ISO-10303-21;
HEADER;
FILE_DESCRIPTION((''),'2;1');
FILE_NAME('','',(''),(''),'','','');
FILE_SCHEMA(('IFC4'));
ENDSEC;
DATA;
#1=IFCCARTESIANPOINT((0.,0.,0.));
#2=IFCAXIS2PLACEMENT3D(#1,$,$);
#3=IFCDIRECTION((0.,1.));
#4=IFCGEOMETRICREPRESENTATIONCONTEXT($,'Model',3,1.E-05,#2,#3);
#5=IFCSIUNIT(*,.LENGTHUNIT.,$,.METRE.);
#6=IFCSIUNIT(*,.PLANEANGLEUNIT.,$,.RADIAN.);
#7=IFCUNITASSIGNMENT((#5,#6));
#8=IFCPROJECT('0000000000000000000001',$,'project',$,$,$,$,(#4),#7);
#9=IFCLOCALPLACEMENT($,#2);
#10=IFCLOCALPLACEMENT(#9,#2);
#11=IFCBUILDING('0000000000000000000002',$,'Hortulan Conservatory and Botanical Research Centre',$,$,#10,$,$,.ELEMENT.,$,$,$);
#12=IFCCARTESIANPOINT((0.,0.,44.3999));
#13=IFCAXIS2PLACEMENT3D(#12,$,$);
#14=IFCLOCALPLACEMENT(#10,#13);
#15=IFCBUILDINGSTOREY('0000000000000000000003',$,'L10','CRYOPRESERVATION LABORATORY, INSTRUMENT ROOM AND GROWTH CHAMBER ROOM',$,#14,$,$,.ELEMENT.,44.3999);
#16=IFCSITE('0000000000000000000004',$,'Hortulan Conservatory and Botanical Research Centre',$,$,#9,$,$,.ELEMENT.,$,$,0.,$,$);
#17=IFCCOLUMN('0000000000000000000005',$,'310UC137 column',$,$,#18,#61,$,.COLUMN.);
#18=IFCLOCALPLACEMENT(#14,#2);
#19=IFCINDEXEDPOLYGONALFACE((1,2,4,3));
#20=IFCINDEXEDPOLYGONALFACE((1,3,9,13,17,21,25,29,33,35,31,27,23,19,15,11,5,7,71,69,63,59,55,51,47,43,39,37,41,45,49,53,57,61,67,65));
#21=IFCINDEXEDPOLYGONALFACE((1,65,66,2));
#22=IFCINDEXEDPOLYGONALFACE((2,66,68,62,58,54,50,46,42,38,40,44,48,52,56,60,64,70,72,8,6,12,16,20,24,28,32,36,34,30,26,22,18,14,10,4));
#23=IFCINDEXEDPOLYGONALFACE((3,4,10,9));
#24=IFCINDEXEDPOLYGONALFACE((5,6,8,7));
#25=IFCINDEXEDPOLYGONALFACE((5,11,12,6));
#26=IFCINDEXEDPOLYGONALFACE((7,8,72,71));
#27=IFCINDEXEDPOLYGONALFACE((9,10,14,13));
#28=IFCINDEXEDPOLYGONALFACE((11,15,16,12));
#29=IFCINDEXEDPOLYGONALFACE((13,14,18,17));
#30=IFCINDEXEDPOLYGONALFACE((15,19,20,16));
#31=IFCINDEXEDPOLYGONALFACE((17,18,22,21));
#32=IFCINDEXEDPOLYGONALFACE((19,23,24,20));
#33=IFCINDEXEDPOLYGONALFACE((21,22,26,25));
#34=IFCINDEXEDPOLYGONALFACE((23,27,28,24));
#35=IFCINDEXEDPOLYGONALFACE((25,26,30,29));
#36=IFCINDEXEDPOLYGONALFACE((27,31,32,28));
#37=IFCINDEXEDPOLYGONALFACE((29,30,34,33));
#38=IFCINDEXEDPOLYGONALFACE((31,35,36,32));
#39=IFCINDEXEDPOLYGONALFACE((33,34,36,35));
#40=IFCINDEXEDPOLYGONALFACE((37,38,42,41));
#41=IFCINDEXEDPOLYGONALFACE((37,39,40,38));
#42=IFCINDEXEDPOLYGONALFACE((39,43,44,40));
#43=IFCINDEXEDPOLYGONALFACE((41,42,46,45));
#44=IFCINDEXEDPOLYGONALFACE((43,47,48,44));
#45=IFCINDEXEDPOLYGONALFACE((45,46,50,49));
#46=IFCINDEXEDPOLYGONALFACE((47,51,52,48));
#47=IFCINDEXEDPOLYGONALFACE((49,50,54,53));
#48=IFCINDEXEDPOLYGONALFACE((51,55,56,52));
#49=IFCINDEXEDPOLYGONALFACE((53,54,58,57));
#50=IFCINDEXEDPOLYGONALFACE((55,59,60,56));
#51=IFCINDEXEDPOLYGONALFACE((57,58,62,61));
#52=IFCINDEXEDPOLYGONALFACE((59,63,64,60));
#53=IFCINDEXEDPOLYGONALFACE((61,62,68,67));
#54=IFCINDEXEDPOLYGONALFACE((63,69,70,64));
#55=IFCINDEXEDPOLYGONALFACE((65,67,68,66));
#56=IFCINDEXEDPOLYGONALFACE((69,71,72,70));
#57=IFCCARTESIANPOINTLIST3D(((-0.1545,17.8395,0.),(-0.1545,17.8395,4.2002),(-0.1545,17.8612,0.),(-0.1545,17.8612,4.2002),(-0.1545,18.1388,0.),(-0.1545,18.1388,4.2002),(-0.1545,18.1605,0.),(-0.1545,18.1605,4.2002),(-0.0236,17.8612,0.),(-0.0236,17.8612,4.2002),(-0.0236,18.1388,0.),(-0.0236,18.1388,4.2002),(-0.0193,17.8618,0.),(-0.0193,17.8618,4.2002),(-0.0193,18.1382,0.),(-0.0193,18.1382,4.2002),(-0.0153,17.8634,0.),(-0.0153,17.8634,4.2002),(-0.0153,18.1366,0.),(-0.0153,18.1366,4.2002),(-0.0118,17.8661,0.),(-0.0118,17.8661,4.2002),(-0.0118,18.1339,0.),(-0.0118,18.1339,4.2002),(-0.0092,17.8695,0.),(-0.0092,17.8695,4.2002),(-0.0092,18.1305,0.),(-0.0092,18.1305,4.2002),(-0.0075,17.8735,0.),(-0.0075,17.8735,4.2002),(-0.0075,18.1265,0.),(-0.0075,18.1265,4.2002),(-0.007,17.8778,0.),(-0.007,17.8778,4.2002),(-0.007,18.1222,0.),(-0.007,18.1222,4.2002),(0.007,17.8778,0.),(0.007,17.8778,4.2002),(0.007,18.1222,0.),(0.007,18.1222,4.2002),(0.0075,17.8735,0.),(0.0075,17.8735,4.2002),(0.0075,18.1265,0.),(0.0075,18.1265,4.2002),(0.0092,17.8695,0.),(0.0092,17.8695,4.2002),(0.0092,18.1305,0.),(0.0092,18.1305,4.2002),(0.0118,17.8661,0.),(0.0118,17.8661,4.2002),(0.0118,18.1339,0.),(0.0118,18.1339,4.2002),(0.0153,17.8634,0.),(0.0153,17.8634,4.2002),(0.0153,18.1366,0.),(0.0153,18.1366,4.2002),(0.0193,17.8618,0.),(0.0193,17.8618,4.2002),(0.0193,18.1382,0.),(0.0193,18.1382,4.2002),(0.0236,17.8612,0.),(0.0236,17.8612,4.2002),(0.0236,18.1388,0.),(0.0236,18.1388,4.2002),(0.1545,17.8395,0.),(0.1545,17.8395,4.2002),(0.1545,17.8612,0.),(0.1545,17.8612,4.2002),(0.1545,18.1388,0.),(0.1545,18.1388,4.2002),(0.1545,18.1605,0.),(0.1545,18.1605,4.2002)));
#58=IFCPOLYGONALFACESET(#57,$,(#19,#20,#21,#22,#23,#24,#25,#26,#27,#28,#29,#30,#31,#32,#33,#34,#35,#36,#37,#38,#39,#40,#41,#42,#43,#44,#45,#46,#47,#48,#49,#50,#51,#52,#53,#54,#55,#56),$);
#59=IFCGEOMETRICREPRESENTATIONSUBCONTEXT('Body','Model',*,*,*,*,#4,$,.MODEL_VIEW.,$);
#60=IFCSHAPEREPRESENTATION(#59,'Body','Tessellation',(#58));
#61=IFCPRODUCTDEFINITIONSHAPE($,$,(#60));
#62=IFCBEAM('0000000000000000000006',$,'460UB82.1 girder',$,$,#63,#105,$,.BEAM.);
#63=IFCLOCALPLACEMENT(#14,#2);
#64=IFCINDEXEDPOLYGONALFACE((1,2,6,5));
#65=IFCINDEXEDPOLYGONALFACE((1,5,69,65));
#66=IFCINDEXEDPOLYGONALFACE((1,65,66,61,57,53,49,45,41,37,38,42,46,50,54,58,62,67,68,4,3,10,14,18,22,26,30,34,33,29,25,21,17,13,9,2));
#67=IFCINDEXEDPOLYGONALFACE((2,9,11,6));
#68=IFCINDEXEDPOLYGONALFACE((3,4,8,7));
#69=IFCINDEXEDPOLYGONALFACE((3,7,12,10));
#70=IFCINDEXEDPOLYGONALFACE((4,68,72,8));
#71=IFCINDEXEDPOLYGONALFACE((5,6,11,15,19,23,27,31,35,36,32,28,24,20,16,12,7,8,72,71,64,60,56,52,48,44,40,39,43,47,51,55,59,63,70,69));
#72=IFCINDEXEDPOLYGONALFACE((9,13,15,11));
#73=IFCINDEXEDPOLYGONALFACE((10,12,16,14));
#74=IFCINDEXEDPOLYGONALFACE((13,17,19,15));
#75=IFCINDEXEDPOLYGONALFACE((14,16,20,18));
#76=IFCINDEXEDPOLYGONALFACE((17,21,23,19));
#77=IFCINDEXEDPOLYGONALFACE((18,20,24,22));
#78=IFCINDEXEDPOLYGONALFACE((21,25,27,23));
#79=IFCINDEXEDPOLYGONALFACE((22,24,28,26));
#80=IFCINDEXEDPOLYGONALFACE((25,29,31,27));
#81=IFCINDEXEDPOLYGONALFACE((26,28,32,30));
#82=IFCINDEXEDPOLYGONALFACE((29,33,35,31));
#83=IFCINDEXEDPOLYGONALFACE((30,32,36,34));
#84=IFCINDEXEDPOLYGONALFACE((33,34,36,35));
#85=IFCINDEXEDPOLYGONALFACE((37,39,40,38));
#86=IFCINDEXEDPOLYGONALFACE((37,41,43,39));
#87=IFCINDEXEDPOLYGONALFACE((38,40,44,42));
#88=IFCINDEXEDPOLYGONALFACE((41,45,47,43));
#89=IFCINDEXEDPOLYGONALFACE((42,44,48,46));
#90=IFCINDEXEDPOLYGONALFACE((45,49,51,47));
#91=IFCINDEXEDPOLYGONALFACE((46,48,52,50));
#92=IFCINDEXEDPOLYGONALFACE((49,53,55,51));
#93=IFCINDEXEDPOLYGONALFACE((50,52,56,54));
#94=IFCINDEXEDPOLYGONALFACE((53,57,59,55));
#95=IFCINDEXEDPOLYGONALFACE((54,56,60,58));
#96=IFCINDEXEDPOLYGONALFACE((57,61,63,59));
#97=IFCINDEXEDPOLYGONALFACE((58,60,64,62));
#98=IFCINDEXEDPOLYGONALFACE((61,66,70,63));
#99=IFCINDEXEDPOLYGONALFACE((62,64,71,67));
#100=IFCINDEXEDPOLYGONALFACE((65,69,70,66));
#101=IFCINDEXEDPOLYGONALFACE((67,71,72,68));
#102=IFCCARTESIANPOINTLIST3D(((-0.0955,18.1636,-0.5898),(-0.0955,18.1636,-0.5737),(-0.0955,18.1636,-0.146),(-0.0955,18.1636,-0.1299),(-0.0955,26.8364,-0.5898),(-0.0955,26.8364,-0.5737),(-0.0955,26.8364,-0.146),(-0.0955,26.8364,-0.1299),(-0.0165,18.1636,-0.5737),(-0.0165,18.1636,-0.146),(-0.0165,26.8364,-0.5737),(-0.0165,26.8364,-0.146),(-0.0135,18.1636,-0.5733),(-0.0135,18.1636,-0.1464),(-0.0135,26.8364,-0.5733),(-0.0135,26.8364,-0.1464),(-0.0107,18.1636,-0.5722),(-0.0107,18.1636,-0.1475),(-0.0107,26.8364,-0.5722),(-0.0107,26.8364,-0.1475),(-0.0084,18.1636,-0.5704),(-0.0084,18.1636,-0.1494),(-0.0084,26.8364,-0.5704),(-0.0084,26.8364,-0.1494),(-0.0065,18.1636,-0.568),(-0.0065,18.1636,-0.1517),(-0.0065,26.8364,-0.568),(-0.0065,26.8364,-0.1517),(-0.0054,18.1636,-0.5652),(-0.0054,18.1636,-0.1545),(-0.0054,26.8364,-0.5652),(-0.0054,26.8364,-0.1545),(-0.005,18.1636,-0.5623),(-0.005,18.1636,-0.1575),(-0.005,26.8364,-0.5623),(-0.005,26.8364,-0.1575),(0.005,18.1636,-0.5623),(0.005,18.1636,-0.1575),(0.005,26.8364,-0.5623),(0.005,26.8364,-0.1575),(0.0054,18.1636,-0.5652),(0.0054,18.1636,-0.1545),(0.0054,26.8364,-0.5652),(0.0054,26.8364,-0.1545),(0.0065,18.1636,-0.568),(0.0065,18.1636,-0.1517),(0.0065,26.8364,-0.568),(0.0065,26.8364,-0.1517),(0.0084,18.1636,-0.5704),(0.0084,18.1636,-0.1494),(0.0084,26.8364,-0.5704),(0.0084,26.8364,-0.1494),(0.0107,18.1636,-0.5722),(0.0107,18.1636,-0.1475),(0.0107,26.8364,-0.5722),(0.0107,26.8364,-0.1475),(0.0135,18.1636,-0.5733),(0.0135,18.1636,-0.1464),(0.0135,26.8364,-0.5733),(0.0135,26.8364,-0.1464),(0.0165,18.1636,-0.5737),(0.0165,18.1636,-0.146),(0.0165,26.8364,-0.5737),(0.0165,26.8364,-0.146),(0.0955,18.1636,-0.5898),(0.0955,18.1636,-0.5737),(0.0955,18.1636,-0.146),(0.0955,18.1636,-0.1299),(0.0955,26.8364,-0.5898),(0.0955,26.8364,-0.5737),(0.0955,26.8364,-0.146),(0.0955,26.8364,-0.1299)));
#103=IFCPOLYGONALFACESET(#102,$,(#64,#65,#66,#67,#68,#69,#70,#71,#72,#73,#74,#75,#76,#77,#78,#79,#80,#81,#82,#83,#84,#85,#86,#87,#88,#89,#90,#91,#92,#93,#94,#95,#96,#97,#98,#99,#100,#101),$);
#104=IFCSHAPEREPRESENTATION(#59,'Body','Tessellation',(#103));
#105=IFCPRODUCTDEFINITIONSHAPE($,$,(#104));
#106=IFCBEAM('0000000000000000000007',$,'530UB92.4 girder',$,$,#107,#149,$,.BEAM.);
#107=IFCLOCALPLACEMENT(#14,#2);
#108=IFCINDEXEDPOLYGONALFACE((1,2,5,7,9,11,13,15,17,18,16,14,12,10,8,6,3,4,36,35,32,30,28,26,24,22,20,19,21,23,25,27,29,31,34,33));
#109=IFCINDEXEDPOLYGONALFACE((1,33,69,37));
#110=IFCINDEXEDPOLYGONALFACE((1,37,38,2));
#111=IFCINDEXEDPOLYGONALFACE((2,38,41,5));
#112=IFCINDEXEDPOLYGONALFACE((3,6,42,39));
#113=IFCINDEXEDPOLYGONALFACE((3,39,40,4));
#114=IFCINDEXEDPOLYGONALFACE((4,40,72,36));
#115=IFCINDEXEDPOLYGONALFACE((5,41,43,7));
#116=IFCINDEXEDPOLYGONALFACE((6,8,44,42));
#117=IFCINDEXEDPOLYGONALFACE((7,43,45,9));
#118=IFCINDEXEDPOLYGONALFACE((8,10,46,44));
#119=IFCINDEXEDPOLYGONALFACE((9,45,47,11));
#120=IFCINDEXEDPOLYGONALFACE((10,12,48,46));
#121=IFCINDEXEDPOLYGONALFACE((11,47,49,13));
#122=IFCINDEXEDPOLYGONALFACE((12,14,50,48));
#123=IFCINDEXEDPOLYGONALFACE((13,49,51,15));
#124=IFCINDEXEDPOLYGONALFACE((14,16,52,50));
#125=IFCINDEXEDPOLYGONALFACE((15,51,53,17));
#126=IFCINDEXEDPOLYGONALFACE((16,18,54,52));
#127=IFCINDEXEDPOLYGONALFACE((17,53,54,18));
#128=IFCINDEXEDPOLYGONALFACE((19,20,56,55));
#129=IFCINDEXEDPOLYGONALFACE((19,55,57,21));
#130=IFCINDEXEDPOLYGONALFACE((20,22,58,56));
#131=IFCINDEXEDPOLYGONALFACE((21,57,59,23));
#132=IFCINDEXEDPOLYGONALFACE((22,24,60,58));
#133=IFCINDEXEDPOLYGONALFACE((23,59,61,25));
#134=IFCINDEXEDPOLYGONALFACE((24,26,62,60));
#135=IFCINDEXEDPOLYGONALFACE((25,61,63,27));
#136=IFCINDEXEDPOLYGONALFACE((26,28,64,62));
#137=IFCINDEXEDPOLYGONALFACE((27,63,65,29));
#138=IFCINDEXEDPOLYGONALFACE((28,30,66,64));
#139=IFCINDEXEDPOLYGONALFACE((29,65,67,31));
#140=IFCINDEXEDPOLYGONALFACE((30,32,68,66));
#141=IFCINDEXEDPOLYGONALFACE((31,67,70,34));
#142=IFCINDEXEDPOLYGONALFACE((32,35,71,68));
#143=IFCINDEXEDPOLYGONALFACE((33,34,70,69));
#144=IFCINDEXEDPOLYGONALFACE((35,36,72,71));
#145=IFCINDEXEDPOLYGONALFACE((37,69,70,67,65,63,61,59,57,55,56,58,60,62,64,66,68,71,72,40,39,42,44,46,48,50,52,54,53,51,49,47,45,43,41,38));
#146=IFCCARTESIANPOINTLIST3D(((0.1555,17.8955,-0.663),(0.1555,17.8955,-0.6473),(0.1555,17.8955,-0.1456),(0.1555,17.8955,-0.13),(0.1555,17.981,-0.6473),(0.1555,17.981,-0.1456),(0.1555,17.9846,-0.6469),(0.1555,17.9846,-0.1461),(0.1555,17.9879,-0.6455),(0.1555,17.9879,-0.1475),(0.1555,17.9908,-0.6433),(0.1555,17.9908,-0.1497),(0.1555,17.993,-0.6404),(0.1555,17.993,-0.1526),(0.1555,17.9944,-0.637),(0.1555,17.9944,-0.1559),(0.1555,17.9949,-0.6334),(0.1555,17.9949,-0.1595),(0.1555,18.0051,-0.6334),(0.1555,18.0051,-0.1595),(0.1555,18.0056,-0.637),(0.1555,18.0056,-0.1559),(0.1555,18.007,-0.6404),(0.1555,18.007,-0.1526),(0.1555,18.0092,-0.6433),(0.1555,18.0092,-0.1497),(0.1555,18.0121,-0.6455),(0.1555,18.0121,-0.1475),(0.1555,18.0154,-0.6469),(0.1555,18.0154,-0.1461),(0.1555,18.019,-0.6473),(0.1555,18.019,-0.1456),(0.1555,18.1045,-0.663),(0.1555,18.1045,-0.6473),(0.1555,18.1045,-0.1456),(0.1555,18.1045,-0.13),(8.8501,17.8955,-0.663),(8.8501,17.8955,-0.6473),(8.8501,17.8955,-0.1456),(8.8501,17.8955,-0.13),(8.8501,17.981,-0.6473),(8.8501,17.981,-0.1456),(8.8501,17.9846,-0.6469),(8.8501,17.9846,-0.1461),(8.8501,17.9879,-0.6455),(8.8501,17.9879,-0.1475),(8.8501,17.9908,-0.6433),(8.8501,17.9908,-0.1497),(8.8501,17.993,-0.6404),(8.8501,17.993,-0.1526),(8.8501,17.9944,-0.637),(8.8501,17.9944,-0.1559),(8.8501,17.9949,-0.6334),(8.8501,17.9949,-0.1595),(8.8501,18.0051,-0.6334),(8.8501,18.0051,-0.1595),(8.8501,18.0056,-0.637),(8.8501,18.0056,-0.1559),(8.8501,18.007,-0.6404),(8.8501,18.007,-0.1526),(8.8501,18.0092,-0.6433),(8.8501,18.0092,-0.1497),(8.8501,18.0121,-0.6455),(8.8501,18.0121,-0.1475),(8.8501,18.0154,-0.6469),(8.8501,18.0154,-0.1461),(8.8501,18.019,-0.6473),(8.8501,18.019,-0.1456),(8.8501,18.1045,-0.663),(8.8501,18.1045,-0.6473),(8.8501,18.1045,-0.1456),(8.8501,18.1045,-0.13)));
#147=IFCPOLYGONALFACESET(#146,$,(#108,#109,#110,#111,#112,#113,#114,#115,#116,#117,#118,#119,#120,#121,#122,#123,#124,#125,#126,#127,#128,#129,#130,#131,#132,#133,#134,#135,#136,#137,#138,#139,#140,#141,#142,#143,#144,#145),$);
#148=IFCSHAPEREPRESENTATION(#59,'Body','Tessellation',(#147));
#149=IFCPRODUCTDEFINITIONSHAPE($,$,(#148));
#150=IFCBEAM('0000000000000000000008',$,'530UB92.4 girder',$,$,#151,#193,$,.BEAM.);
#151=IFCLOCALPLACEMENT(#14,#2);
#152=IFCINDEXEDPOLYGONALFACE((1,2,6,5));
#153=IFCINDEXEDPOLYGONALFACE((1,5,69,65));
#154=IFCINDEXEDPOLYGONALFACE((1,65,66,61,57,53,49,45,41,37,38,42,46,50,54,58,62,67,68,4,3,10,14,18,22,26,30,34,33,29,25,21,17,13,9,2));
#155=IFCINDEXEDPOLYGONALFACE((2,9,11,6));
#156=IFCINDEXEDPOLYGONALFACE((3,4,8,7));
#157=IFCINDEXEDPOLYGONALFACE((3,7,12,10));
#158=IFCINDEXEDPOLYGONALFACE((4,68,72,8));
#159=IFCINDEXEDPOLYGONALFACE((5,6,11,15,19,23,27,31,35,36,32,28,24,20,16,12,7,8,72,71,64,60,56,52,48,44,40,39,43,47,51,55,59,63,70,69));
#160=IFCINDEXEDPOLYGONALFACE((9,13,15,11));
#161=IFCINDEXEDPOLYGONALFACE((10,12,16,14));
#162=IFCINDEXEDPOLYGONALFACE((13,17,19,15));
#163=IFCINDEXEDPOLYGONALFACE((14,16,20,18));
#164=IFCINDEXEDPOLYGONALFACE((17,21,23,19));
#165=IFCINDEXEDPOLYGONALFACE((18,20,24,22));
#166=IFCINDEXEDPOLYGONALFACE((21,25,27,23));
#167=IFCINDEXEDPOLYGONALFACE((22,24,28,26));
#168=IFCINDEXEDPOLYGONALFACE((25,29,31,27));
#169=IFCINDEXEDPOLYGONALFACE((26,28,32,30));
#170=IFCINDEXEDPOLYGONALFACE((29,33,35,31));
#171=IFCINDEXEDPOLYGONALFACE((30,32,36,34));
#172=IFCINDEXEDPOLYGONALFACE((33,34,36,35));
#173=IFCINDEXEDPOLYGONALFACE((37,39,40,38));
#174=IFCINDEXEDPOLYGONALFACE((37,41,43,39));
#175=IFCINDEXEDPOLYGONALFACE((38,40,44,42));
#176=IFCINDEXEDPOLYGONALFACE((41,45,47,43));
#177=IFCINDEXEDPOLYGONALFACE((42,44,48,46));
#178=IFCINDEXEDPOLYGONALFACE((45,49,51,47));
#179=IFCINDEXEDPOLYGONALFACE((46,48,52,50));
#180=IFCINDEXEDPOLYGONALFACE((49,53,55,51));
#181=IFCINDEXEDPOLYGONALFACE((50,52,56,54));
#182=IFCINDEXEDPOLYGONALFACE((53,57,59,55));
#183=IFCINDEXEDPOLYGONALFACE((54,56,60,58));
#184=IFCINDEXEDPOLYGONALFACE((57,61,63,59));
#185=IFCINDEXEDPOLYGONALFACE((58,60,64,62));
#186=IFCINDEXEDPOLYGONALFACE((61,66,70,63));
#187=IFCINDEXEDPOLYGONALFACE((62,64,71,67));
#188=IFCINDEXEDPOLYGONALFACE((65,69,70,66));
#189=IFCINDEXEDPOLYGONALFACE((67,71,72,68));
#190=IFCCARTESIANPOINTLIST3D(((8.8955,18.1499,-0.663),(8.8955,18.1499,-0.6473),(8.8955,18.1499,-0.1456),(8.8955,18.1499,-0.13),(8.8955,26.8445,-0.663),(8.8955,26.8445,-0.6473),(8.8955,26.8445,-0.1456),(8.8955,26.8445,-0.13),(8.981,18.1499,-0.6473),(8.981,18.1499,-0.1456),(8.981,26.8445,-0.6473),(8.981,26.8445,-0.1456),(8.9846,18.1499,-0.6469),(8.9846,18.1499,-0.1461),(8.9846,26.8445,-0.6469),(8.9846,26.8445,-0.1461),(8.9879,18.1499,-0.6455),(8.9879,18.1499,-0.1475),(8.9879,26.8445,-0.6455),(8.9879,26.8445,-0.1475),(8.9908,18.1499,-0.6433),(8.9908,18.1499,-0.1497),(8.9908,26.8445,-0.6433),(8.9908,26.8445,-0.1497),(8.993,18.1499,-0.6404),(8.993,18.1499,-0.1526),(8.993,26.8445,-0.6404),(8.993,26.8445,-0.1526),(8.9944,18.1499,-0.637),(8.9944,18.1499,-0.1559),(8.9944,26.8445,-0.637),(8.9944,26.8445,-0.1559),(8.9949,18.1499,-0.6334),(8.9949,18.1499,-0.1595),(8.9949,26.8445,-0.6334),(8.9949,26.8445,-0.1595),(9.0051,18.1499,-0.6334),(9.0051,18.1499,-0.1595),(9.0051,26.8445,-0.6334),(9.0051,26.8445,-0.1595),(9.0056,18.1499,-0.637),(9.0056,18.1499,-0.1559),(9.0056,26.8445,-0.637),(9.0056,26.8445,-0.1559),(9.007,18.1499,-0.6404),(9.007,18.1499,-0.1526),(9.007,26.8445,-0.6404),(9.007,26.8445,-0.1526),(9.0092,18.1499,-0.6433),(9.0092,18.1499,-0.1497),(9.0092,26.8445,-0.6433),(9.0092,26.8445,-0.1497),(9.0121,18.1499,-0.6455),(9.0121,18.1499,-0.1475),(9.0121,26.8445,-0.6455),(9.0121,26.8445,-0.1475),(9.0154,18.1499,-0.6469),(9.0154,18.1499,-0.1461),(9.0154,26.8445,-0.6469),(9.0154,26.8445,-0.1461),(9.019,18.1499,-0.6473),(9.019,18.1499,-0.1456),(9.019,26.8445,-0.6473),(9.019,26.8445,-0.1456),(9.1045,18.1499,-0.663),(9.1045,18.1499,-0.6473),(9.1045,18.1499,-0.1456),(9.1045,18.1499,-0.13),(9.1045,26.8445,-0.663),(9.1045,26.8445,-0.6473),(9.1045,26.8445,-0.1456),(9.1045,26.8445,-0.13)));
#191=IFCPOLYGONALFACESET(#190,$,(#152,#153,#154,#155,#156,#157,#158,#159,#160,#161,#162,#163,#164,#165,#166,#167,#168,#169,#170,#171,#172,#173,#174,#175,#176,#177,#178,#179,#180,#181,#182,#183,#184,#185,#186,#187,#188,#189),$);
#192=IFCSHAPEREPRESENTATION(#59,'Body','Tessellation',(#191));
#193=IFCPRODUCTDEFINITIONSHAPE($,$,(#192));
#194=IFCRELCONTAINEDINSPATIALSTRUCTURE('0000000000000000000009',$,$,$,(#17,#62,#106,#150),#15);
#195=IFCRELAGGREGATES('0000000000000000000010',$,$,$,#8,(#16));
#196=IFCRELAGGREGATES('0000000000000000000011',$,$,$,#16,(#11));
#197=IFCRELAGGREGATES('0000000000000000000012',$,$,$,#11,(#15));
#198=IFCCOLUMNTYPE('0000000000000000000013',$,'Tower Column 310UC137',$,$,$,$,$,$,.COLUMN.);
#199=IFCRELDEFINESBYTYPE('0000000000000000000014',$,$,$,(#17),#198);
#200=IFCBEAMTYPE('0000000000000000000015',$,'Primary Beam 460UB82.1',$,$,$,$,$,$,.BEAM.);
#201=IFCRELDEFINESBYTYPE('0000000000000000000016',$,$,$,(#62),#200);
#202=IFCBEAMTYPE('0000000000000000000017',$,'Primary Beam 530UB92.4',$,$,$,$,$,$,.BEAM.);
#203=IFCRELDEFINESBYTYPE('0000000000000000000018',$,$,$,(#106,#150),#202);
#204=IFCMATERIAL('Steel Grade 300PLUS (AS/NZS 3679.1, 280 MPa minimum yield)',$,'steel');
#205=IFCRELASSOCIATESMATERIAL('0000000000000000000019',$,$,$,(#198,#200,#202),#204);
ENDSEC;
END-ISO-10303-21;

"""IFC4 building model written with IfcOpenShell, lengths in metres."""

from ifc_helpers import new_model, si_unit, direction, frame, origin, origin_2d, place, context, subcontext, project, spatial, i_section, extrude, material, material_profile, profile_set, type_object, element, save


model = new_model("IFC4")

# Units and contexts
model_context = context("Model", 3, precision=1e-05, world=origin(), true_north=direction((0.0, 1.0)))
body_context = subcontext(model_context, "Body", "Model", "MODEL_VIEW")
ifc_project = project(units=[si_unit("LENGTHUNIT", "METRE"), si_unit("PLANEANGLEUNIT", "RADIAN")], contexts=[model_context])

# Site, building, storey
site_placement = place(None, origin())
site = spatial("IfcSite", under=ifc_project, at=site_placement, Name="Hortulan Conservatory and Botanical Research Centre", CompositionType="ELEMENT", RefElevation=0.0)
building_placement = place(site_placement, origin())
building = spatial("IfcBuilding", under=site, at=building_placement, Name="Hortulan Conservatory and Botanical Research Centre", CompositionType="ELEMENT")
storey_placement = place(building_placement, frame((0.0, 0.0, 44.3999)))
storey = spatial("IfcBuildingStorey", under=building, at=storey_placement, Name="L10", Description="CRYOPRESERVATION LABORATORY, INSTRUMENT ROOM AND GROWTH CHAMBER ROOM", CompositionType="ELEMENT", Elevation=44.3999)

# Column
ifc_material_1 = material(Name="Steel Grade 300PLUS (AS/NZS 3679.1, 280 MPa minimum yield)", Category="steel")
ifc_material_profile_1 = material_profile(ifc_material_1, i_section(OverallWidth=0.3091, OverallDepth=0.321, WebThickness=0.0139, FlangeThickness=0.0217, FilletRadius=0.0166, at=origin_2d()), Name="310UC137")
ifc_profile_set_1 = profile_set([ifc_material_profile_1], Name="Steel Grade 300PLUS (AS/NZS 3679.1, 280 MPa minimum yield)")
column_type = type_object("IfcColumnType", Name="Tower Column 310UC137", PredefinedType="COLUMN", material=ifc_profile_set_1)
column_placement = place(storey_placement, frame((0.0, 18.0, 0.0), z_axis=(0.0, 0.0, 1.0), x_axis=(1.0, 0.0, 0.0)))
element("IfcColumn", 1, at=column_placement, inside=storey, type_object=column_type, Name="310UC137 column", PredefinedType="COLUMN", context=body_context, shape_type="SweptSolid", body=[
    extrude(i_section(OverallWidth=0.3091, OverallDepth=0.321, WebThickness=0.0139, FlangeThickness=0.0217, FilletRadius=0.0166, at=origin_2d()), origin(), (0.0, 0.0, 1.0), 4.2002),
])

# Beams
ifc_material_profile_2 = material_profile(ifc_material_1, i_section(OverallWidth=0.1909, OverallDepth=0.46, WebThickness=0.01, FlangeThickness=0.0161, FilletRadius=0.0115, at=origin_2d()), Name="460UB82.1")
ifc_profile_set_2 = profile_set([ifc_material_profile_2], Name="Steel Grade 300PLUS (AS/NZS 3679.1, 280 MPa minimum yield)")
beam_type_1 = type_object("IfcBeamType", Name="Primary Beam 460UB82.1", PredefinedType="BEAM", material=ifc_profile_set_2)
beam_1_placement = place(storey_placement, frame((0.0, 18.1636, -0.3599), z_axis=(0.0, 1.0, 0.0), x_axis=(-1.0, 0.0, 0.0)))
element("IfcBeam", 2, at=beam_1_placement, inside=storey, type_object=beam_type_1, Name="460UB82.1 girder", PredefinedType="BEAM", context=body_context, shape_type="SweptSolid", body=[
    extrude(i_section(OverallWidth=0.1909, OverallDepth=0.46, WebThickness=0.01, FlangeThickness=0.0161, FilletRadius=0.0115, at=origin_2d()), origin(), (0.0, 0.0, 1.0), 8.6729),
])
ifc_material_profile_3 = material_profile(ifc_material_1, i_section(OverallWidth=0.209, OverallDepth=0.533, WebThickness=0.0103, FlangeThickness=0.0156, FilletRadius=0.0139, at=origin_2d()), Name="530UB92.4")
ifc_profile_set_3 = profile_set([ifc_material_profile_3], Name="Steel Grade 300PLUS (AS/NZS 3679.1, 280 MPa minimum yield)")
beam_type_2 = type_object("IfcBeamType", Name="Primary Beam 530UB92.4", PredefinedType="BEAM", material=ifc_profile_set_3)
for number, where, z_axis, x_axis, name in (
    (3, (0.1555, 18.0, -0.3965), (1.0, 0.0, 0.0), (0.0, 1.0, 0.0), "530UB92.4 girder"),
    (4, (9.0, 18.1499, -0.3965), (0.0, 1.0, 0.0), (-1.0, 0.0, 0.0), "530UB92.4 girder"),
):
    element("IfcBeam", number, at=place(storey_placement, frame(where, z_axis=z_axis, x_axis=x_axis)), inside=storey, type_object=beam_type_2, Name=name, PredefinedType="BEAM", context=body_context, shape_type="SweptSolid", body=[
        extrude(i_section(OverallWidth=0.209, OverallDepth=0.533, WebThickness=0.0103, FlangeThickness=0.0156, FilletRadius=0.0139, at=origin_2d()), origin(), (0.0, 0.0, 1.0), 8.6946),
    ])

save(model, "model.ifc")
